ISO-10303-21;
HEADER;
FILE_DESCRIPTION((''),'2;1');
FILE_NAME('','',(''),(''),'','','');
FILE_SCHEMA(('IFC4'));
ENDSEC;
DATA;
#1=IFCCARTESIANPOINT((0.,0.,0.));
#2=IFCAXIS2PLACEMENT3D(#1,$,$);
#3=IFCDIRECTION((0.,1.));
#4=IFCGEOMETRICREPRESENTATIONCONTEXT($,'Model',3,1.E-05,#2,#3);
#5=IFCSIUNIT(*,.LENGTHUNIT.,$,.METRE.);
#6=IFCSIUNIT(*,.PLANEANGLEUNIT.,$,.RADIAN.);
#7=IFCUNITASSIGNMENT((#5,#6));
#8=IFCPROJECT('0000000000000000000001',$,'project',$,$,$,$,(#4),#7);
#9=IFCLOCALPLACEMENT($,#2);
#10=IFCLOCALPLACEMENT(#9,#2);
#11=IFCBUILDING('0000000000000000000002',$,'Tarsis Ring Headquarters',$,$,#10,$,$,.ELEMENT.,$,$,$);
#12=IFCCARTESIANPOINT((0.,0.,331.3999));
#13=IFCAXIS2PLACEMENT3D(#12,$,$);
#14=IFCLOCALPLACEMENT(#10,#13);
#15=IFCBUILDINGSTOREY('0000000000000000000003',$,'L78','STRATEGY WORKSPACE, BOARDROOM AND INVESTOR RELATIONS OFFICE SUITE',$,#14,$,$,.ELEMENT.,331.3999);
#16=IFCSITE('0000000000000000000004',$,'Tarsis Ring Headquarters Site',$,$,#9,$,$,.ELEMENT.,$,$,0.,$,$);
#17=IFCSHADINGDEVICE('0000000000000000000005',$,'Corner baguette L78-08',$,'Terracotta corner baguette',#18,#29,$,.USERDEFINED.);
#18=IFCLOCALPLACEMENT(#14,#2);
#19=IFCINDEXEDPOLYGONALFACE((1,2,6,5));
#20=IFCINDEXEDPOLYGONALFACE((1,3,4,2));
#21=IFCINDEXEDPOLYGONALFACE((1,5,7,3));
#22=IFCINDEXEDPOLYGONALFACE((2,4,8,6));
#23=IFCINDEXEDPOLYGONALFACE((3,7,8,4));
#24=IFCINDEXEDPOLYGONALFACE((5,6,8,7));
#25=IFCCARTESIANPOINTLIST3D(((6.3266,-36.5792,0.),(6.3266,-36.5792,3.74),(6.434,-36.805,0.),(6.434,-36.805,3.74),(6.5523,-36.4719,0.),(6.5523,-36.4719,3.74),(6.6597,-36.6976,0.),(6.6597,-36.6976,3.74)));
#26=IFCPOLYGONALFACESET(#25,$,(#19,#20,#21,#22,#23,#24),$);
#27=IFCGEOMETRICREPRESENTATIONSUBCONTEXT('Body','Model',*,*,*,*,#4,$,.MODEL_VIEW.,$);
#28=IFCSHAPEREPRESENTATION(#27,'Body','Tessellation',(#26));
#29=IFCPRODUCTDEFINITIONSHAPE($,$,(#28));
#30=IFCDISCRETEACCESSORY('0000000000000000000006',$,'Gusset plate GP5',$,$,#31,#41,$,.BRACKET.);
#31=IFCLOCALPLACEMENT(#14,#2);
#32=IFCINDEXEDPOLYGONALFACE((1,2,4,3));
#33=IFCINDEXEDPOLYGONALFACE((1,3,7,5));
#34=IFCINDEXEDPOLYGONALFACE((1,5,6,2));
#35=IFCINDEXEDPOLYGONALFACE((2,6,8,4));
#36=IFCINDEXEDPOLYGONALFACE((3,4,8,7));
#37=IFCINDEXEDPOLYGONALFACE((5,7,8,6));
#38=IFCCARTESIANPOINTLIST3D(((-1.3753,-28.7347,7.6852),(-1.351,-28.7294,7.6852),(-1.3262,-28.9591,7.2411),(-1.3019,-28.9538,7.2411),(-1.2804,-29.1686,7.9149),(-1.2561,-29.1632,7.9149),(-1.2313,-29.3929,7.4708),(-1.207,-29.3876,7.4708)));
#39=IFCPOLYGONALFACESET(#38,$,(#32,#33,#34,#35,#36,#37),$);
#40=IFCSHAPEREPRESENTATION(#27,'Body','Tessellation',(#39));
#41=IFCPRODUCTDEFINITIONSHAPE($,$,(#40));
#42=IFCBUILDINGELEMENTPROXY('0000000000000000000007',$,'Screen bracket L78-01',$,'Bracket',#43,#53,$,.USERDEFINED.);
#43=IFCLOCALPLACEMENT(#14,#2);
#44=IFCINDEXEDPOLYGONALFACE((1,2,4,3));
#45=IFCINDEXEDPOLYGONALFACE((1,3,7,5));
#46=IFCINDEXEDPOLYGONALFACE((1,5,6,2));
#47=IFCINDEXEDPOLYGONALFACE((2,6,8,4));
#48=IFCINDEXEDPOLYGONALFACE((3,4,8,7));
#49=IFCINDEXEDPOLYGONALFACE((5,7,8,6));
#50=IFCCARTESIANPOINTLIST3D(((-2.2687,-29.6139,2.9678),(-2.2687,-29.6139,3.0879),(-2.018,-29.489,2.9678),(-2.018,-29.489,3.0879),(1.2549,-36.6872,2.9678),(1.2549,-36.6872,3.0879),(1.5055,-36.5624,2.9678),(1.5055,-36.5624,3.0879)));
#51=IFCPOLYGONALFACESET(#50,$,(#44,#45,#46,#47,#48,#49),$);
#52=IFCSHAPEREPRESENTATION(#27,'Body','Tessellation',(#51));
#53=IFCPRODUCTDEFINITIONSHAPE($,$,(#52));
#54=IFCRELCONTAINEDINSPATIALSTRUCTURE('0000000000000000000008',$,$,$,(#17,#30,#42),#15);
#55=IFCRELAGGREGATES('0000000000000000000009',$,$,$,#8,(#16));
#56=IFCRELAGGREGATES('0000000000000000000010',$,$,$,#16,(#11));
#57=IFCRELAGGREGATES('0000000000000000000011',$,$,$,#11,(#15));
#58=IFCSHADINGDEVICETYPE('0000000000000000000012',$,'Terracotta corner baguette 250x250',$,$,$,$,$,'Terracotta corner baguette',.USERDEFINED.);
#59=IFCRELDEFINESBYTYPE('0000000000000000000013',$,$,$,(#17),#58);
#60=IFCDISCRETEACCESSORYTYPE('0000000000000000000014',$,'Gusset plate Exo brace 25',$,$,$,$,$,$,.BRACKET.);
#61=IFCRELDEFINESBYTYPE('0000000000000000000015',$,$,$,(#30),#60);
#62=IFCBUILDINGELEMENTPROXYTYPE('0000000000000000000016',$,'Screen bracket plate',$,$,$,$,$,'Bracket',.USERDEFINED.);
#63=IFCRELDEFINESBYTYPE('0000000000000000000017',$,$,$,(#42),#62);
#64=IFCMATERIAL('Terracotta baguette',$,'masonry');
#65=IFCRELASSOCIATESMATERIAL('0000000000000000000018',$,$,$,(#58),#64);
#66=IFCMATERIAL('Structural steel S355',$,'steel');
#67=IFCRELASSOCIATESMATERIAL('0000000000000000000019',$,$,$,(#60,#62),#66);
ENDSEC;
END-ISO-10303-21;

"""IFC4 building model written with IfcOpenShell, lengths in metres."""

from ifc_helpers import new_model, si_unit, direction, frame, origin, origin_2d, place, context, subcontext, project, spatial, rectangle, extrude, material, material_profile, profile_set, type_object, element, save


model = new_model("IFC4")

# Units and contexts
model_context = context("Model", 3, precision=1e-05, world=origin(), true_north=direction((0.0, 1.0)))
body_context = subcontext(model_context, "Body", "Model", "MODEL_VIEW")
ifc_project = project(units=[si_unit("LENGTHUNIT", "METRE"), si_unit("PLANEANGLEUNIT", "RADIAN")], contexts=[model_context])

# Site, building, storey
site_placement = place(None, origin())
site = spatial("IfcSite", under=ifc_project, at=site_placement, Name="Tarsis Ring Headquarters Site", CompositionType="ELEMENT", RefElevation=0.0)
building_placement = place(site_placement, origin())
building = spatial("IfcBuilding", under=site, at=building_placement, Name="Tarsis Ring Headquarters", CompositionType="ELEMENT")
storey_placement = place(building_placement, frame((0.0, 0.0, 331.3999)))
storey = spatial("IfcBuildingStorey", under=building, at=storey_placement, Name="L78", Description="STRATEGY WORKSPACE, BOARDROOM AND INVESTOR RELATIONS OFFICE SUITE", CompositionType="ELEMENT", Elevation=331.3999)

# Shared definitions
ifc_material_1 = material(Name="Structural steel S355", Category="steel")

# Shading device
ifc_material_2 = material(Name="Terracotta baguette", Category="masonry")
shading_device_type = type_object("IfcShadingDeviceType", Name="Terracotta corner baguette 250x250", ElementType="Terracotta corner baguette", PredefinedType="USERDEFINED", material=ifc_material_2)
shading_device_placement = place(storey_placement, frame((6.4932, -36.6384, 0.0), z_axis=(0.0, 0.0, 1.0), x_axis=(0.903036, 0.429566, 0.0)))
element("IfcShadingDevice", 1, at=shading_device_placement, inside=storey, type_object=shading_device_type, Name="Corner baguette L78-08", ObjectType="Terracotta corner baguette", PredefinedType="USERDEFINED", context=body_context, shape_type="SweptSolid", body=[
    extrude(rectangle(XDim=0.25, YDim=0.25, at=origin_2d()), origin(), (0.0, 0.0, 1.0), 3.74),
])

# Discrete accessory
ifc_material_profile_1 = material_profile(ifc_material_1, rectangle(XDim=0.0249, YDim=0.5, at=origin_2d()), Name="PL 25x500")
ifc_profile_set_1 = profile_set([ifc_material_profile_1], Name="Structural steel S355")
discrete_accessory_type = type_object("IfcDiscreteAccessoryType", Name="Gusset plate Exo brace 25", PredefinedType="BRACKET", material=ifc_profile_set_1)
discrete_accessory_placement = place(storey_placement, frame((-1.3157, -28.949, 7.8), z_axis=(0.098151, -0.448762, -0.888245), x_axis=(0.976907, 0.213665, 0.0)))
element("IfcDiscreteAccessory", 2, at=discrete_accessory_placement, inside=storey, type_object=discrete_accessory_type, Name="Gusset plate GP5", PredefinedType="BRACKET", context=body_context, shape_type="SweptSolid", body=[
    extrude(rectangle(XDim=0.0249, YDim=0.5, at=origin_2d()), origin(), (0.0, 0.0, 1.0), 0.5),
])

# Building element proxy
building_element_proxy_type = type_object("IfcBuildingElementProxyType", Name="Screen bracket plate", ElementType="Bracket", PredefinedType="USERDEFINED", material=ifc_material_1)
proxy_placement = place(storey_placement, frame((-0.3816, -33.0881, 2.9678), z_axis=(0.0, 0.0, 1.0), x_axis=(0.445885, -0.89509, 0.0)))
element("IfcBuildingElementProxy", 3, at=proxy_placement, inside=storey, type_object=building_element_proxy_type, Name="Screen bracket L78-01", ObjectType="Bracket", PredefinedType="USERDEFINED", context=body_context, shape_type="SweptSolid", body=[
    extrude(rectangle(XDim=7.9023, YDim=0.28, at=origin_2d()), origin(), (0.0, 0.0, 1.0), 0.1201),
])

save(model, "model.ifc")
